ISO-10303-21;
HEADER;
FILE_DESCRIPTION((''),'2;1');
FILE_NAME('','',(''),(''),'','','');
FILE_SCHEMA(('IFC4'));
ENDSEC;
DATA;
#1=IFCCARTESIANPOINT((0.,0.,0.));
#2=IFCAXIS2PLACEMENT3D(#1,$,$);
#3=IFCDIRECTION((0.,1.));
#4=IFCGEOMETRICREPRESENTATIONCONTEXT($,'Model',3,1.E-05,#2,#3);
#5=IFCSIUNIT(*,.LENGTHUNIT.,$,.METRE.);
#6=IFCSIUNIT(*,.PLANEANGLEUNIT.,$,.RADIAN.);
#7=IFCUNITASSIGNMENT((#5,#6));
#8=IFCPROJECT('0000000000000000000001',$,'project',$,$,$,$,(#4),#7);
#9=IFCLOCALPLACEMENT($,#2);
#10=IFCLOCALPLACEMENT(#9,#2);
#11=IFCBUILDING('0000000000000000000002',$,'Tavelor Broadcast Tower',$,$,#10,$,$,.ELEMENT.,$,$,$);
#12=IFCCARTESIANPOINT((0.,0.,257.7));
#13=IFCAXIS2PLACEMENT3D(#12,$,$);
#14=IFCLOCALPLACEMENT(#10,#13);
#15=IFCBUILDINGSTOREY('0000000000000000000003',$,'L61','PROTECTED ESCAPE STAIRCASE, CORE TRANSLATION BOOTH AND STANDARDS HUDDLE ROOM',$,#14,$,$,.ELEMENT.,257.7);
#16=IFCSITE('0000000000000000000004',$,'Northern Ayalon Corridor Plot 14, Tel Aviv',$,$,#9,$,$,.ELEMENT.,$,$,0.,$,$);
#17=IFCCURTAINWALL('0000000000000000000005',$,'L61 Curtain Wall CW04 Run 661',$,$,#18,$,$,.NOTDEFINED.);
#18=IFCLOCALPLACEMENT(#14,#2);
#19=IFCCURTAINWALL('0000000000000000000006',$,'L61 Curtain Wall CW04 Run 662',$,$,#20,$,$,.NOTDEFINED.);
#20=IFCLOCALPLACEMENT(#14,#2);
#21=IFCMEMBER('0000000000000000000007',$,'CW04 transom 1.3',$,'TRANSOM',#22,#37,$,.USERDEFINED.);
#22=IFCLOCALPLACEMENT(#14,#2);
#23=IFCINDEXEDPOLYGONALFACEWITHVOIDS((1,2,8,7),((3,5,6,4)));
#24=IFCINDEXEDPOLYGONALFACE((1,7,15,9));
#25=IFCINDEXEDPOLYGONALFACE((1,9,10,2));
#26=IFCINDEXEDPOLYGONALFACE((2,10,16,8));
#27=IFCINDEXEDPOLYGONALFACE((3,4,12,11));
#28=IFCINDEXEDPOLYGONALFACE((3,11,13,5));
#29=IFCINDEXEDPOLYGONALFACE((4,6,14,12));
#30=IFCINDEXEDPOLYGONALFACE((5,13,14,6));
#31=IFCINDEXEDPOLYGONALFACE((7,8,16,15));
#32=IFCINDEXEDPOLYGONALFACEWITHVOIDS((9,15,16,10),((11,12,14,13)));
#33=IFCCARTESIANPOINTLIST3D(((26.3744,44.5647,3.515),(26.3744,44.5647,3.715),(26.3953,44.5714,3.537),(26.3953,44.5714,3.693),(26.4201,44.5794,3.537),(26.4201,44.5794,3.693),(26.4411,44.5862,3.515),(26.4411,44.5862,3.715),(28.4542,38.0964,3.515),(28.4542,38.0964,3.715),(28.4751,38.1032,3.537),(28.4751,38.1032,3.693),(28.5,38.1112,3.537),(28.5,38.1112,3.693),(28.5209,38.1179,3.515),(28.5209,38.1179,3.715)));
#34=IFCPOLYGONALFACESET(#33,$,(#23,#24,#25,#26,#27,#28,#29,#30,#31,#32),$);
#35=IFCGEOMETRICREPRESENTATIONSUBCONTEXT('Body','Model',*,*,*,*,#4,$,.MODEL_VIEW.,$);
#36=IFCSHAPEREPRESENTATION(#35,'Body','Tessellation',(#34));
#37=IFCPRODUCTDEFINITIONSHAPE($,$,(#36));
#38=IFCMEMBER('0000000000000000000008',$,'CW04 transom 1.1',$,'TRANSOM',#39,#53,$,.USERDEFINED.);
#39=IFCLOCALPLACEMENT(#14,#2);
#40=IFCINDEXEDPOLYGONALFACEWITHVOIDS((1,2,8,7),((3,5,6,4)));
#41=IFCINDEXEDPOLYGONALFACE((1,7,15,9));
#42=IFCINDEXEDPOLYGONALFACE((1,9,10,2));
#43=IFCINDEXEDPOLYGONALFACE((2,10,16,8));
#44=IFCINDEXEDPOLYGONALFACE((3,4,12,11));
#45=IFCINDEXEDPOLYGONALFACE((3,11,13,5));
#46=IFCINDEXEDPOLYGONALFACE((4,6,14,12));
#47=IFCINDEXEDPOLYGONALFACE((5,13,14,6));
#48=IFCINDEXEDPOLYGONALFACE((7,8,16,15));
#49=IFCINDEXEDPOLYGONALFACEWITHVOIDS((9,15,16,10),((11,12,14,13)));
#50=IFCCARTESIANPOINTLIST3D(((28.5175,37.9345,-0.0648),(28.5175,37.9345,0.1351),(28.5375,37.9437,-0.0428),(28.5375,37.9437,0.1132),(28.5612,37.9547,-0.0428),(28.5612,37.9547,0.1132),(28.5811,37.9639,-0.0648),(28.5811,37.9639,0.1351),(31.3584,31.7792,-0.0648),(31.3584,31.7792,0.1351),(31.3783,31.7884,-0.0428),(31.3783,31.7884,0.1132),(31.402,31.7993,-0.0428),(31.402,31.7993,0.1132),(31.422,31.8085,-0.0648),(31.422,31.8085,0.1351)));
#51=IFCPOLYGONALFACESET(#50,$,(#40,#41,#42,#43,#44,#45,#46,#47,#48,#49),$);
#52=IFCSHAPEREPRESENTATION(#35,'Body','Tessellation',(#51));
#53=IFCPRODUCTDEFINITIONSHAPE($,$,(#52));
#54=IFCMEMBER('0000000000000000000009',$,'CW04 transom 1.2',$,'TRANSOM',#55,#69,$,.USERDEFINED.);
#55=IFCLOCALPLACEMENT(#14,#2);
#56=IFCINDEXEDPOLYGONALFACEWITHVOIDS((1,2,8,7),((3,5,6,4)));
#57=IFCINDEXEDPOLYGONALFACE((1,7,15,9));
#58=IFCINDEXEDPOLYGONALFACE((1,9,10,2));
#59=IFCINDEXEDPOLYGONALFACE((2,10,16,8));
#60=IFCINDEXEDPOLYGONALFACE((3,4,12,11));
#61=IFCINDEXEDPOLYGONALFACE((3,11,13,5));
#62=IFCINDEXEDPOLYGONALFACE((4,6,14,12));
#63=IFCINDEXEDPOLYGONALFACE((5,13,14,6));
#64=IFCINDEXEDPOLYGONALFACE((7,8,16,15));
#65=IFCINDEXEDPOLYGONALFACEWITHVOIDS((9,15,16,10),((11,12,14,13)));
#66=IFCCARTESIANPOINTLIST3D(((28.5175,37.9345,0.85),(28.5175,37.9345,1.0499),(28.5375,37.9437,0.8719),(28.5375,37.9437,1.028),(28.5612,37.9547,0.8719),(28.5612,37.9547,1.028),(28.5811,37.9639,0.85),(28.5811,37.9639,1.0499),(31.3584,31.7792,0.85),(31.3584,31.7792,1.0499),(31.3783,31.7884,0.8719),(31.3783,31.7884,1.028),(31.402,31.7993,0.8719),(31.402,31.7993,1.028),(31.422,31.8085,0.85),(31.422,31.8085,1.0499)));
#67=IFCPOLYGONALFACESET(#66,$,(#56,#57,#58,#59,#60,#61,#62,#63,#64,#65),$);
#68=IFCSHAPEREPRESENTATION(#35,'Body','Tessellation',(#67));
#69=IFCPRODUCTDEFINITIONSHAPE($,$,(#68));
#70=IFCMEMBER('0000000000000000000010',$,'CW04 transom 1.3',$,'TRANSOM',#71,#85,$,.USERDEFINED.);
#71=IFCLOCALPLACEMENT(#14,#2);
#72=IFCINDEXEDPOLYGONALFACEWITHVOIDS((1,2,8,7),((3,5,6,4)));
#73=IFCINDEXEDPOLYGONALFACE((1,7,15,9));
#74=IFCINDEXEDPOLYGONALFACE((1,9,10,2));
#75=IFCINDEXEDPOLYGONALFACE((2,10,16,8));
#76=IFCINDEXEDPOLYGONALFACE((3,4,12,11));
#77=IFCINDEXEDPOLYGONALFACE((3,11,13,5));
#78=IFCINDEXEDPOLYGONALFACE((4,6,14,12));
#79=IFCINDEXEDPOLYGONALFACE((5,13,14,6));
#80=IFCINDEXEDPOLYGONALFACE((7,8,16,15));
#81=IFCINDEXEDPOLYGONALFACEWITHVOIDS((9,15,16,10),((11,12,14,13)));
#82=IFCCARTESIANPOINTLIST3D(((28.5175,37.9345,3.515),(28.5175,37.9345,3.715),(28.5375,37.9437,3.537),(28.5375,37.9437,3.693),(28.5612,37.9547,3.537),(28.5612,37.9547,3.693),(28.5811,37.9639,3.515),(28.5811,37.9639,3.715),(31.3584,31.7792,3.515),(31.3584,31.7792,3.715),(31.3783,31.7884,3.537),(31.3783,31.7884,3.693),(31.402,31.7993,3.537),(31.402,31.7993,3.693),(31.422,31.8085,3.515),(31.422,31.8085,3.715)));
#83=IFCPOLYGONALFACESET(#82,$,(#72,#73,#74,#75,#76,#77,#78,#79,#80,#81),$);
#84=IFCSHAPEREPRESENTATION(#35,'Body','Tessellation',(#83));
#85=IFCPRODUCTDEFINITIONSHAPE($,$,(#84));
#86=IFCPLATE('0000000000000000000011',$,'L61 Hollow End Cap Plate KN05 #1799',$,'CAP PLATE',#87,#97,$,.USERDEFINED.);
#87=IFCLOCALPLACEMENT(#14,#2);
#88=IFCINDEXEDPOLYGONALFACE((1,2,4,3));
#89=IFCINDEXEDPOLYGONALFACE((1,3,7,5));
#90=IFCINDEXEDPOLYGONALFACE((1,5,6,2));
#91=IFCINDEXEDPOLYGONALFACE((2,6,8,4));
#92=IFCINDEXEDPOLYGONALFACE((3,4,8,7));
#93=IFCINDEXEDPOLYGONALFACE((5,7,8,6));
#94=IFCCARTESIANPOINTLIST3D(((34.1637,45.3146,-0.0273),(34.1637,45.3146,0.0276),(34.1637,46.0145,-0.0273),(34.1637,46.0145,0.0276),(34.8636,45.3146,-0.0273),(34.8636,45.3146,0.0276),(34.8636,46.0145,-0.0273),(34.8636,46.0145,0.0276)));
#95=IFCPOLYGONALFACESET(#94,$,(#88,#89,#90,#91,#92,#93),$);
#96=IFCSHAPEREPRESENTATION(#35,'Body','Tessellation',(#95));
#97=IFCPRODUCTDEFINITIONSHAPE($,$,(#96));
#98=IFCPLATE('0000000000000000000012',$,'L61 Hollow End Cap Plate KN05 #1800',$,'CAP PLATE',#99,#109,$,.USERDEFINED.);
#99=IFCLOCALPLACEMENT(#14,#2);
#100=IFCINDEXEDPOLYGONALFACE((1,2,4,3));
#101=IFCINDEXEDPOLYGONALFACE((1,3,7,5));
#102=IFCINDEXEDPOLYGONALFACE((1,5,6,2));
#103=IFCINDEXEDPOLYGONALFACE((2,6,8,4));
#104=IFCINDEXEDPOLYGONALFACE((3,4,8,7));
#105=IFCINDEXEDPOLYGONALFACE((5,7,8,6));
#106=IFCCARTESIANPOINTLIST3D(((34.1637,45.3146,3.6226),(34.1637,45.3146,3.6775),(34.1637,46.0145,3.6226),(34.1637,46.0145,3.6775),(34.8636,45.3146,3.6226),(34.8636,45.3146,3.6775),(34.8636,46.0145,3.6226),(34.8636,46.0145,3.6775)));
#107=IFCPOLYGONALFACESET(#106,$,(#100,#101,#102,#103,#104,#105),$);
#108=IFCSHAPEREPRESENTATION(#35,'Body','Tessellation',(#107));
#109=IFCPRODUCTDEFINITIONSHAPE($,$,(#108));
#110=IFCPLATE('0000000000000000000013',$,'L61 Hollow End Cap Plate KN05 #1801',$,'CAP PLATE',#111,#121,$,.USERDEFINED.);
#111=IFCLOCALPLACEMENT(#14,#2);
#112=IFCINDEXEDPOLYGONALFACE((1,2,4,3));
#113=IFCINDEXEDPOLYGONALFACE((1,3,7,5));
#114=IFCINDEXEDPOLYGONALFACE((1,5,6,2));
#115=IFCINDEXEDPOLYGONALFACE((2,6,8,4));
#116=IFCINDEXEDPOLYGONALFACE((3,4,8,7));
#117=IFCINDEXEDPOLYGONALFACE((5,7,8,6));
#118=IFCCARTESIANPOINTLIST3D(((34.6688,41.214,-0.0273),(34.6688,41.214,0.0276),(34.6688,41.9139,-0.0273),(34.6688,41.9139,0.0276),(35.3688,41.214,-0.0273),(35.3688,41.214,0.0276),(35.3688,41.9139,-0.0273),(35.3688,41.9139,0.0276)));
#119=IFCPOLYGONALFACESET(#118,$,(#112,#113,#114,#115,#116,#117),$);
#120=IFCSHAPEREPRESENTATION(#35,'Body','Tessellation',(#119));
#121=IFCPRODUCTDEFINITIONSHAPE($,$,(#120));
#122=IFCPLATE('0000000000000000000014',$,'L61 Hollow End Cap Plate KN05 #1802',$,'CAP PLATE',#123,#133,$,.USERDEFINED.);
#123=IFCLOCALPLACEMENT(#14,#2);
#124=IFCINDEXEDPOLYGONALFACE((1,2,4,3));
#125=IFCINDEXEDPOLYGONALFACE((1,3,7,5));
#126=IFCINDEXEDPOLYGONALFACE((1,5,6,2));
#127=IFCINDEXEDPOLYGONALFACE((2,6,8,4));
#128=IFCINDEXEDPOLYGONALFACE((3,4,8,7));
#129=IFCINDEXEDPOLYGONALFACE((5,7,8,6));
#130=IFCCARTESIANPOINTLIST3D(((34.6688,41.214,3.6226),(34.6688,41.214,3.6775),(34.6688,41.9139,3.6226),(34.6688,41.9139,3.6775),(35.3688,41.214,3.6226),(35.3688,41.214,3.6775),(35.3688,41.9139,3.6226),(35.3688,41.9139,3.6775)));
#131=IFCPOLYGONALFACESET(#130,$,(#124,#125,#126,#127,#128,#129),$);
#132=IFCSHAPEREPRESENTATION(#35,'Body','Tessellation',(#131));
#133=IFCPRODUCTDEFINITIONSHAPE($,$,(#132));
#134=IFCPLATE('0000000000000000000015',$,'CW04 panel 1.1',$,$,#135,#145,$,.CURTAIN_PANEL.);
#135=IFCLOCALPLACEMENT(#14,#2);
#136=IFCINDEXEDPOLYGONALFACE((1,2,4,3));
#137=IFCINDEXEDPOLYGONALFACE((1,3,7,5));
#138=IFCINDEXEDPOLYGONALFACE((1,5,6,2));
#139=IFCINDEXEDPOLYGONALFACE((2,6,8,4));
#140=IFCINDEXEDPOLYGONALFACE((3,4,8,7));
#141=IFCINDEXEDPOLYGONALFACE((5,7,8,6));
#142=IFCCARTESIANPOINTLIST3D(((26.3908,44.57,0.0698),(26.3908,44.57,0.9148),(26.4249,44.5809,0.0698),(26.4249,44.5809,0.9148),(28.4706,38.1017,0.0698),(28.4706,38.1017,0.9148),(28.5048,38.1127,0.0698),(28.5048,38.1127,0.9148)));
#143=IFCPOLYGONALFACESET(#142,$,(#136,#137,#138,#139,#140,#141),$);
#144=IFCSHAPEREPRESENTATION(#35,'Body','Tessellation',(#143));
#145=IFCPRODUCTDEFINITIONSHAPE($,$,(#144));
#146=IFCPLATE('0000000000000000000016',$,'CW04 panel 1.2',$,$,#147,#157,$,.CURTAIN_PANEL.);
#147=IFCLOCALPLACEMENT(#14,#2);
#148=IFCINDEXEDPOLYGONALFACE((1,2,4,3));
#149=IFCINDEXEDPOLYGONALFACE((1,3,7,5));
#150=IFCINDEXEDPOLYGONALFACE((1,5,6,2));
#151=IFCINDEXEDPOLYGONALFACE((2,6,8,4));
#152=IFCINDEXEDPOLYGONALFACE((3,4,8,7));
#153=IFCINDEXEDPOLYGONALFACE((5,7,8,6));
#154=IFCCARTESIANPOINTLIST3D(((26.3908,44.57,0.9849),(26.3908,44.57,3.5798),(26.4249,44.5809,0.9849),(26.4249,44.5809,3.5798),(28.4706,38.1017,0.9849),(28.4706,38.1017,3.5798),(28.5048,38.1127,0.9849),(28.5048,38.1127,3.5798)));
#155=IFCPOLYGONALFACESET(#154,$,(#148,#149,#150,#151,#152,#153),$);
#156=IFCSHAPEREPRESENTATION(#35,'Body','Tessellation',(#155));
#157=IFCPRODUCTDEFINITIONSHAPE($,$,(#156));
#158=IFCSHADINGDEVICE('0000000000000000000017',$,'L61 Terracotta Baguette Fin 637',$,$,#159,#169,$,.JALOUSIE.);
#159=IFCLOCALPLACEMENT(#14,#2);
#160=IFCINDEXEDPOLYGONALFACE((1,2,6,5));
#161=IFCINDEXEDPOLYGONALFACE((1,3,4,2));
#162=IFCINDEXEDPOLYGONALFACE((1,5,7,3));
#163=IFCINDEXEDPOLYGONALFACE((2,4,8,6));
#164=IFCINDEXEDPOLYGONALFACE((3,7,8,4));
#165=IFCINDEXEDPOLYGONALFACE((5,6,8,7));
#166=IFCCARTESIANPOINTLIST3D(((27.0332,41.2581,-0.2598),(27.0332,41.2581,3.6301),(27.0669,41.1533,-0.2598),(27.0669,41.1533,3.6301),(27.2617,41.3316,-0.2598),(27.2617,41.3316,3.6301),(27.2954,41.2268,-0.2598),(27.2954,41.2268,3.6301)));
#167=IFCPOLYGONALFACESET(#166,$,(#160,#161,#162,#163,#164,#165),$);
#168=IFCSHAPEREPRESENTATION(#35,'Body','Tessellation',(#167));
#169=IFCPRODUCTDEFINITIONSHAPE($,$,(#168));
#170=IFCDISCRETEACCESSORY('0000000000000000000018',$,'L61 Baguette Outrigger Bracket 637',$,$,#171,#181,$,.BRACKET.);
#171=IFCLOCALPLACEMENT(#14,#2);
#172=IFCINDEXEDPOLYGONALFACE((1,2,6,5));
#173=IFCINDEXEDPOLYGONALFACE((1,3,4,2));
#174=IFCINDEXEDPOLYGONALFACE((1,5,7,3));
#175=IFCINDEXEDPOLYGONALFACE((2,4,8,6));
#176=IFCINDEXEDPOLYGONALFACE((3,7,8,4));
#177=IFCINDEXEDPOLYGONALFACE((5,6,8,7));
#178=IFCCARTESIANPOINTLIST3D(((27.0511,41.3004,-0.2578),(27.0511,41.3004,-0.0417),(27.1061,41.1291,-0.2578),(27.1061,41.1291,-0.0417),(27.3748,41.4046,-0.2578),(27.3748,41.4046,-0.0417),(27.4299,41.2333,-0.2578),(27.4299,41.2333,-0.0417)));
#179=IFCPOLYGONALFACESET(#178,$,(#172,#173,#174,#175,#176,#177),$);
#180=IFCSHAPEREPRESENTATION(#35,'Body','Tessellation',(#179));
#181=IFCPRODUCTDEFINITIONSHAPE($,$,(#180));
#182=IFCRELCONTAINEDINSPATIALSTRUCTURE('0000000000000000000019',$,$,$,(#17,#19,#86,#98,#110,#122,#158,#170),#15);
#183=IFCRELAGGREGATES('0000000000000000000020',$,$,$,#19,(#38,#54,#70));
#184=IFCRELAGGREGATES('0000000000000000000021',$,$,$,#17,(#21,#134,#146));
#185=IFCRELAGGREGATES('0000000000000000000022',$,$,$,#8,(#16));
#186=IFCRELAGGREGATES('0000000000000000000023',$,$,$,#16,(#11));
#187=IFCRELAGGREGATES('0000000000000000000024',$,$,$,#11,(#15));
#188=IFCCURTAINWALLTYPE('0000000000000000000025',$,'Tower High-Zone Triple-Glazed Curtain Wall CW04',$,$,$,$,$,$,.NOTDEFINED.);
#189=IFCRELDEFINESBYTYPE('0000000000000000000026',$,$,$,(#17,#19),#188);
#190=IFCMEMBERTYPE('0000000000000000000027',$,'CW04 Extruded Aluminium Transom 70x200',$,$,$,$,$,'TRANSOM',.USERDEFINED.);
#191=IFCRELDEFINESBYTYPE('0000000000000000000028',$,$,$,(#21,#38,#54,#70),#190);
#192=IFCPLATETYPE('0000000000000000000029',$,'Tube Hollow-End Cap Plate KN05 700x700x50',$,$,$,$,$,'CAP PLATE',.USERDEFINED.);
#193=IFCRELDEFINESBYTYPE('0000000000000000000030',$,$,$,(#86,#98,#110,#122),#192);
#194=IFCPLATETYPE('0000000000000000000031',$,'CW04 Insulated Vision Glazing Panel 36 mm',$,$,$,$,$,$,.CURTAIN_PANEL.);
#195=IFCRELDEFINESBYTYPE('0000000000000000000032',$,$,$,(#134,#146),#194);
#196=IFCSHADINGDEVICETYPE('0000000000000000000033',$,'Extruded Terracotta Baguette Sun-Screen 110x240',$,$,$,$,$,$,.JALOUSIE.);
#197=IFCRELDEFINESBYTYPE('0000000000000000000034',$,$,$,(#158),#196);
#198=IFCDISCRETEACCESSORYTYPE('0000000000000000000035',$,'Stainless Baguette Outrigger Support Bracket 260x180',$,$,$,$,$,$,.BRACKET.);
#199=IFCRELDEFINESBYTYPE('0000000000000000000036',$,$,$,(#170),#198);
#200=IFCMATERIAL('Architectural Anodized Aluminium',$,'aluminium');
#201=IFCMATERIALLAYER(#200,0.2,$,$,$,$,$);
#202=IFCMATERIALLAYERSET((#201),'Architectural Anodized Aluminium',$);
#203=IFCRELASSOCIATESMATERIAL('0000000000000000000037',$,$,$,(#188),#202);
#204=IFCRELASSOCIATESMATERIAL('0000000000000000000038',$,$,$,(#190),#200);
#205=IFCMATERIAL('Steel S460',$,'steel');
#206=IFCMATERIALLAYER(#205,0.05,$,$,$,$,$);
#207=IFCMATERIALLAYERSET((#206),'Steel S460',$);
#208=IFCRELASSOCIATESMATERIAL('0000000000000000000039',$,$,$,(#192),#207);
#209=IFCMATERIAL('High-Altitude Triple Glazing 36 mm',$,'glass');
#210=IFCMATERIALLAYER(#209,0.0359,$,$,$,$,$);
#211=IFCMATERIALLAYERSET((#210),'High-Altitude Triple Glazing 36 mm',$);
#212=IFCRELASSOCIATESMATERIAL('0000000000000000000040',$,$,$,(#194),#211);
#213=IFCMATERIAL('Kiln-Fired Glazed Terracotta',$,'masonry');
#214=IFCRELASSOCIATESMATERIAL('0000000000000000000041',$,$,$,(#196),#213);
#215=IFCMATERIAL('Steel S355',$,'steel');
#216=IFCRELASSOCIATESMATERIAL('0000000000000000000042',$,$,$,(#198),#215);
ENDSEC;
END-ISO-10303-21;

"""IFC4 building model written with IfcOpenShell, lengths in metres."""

from ifc_helpers import new_model, si_unit, direction, frame, origin, origin_2d, place, context, subcontext, project, spatial, rectangle, hollow_rectangle, extrude, source, transform, mapped, material, layer, layer_set, material_profile, profile_set, type_object, type_shapes, element, aggregate, save


model = new_model("IFC4")

# Units and contexts
model_context = context("Model", 3, precision=1e-05, world=origin(), true_north=direction((0.0, 1.0)))
body_context = subcontext(model_context, "Body", "Model", "MODEL_VIEW")
ifc_project = project(units=[si_unit("LENGTHUNIT", "METRE"), si_unit("PLANEANGLEUNIT", "RADIAN")], contexts=[model_context])

# Site, building, storey
site_placement = place(None, origin())
site = spatial("IfcSite", under=ifc_project, at=site_placement, Name="Northern Ayalon Corridor Plot 14, Tel Aviv", CompositionType="ELEMENT", RefElevation=0.0)
building_placement = place(site_placement, origin())
building = spatial("IfcBuilding", under=site, at=building_placement, Name="Tavelor Broadcast Tower", CompositionType="ELEMENT")
storey_placement = place(building_placement, frame((0.0, 0.0, 257.7)))
storey = spatial("IfcBuildingStorey", under=building, at=storey_placement, Name="L61", Description="PROTECTED ESCAPE STAIRCASE, CORE TRANSLATION BOOTH AND STANDARDS HUDDLE ROOM", CompositionType="ELEMENT", Elevation=257.7)

# Shared definitions
ifc_material_1 = material(Name="Steel S460", Category="steel")

# Shared definitions
ifc_material_2 = material(Name="Steel S355", Category="steel")

# Curtain wall
ifc_material_3 = material(Name="Architectural Anodized Aluminium", Category="aluminium")
ifc_layer_1 = layer(ifc_material_3, 0.2)
ifc_layer_set_1 = layer_set([ifc_layer_1], Name="Architectural Anodized Aluminium")
curtain_wall_type = type_object("IfcCurtainWallType", Name="Tower High-Zone Triple-Glazed Curtain Wall CW04", PredefinedType="NOTDEFINED", material=ifc_layer_set_1)
curtain_wall_1_placement = place(storey_placement, origin())
curtain_wall_1 = element("IfcCurtainWall", 1, at=curtain_wall_1_placement, inside=storey, type_object=curtain_wall_type, Name="L61 Curtain Wall CW04 Run 661", PredefinedType="NOTDEFINED")

# Curtain wall
curtain_wall_2_placement = place(storey_placement, origin())
curtain_wall_2 = element("IfcCurtainWall", 2, at=curtain_wall_2_placement, inside=storey, type_object=curtain_wall_type, Name="L61 Curtain Wall CW04 Run 662", PredefinedType="NOTDEFINED")

# Members
ifc_material_profile_1 = material_profile(ifc_material_3, hollow_rectangle(XDim=0.0701, YDim=0.2, WallThickness=0.022, at=origin_2d()), Name="RHS 70x200x22")
ifc_profile_set_1 = profile_set([ifc_material_profile_1], Name="Architectural Anodized Aluminium")
member_type_1 = type_object("IfcMemberType", Name="CW04 Extruded Aluminium Transom 70x200", ElementType="TRANSOM", PredefinedType="USERDEFINED", material=ifc_profile_set_1)
shared_shape_1 = source(origin(), body_context, "Body", "SweptSolid", [
    extrude(hollow_rectangle(XDim=0.0701, YDim=0.2, WallThickness=0.022, at=origin_2d()), origin(), (0.0, 0.0, 1.0), 6.7944),
])
member_1_placement = place(storey_placement, frame((26.4077, 44.5754, 3.615), z_axis=(0.306109, -0.951996, 0.0), x_axis=(0.951996, 0.306109, 0.0)))
member_1 = element("IfcMember", 3, at=member_1_placement, type_object=member_type_1, Name="CW04 transom 1.3", ObjectType="TRANSOM", PredefinedType="USERDEFINED", context=body_context, shape_type="MappedRepresentation", body=[
    mapped(shared_shape_1, transform((0.0, 0.0, 0.0), scale=1.0)),
])
shared_shape_2 = source(origin(), body_context, "Body", "SweptSolid", [
    extrude(hollow_rectangle(XDim=0.0701, YDim=0.2, WallThickness=0.022, at=origin_2d()), origin(), (0.0, 0.0, 1.0), 6.7793),
])
type_shapes(member_type_1, [shared_shape_1, shared_shape_2])
member_2_placement = place(storey_placement, frame((28.5493, 37.9492, 0.0352), z_axis=(0.419049, -0.907964, 0.0), x_axis=(0.907964, 0.419049, 0.0)))
member_2 = element("IfcMember", 4, at=member_2_placement, type_object=member_type_1, Name="CW04 transom 1.1", ObjectType="TRANSOM", PredefinedType="USERDEFINED", context=body_context, shape_type="MappedRepresentation", body=[
    mapped(shared_shape_2, transform((0.0, 0.0, 0.0), scale=1.0)),
])
member_3_placement = place(storey_placement, frame((28.5493, 37.9492, 0.95), z_axis=(0.419049, -0.907964, 0.0), x_axis=(0.907964, 0.419049, 0.0)))
member_3 = element("IfcMember", 5, at=member_3_placement, type_object=member_type_1, Name="CW04 transom 1.2", ObjectType="TRANSOM", PredefinedType="USERDEFINED", context=body_context, shape_type="MappedRepresentation", body=[
    mapped(shared_shape_2, transform((0.0, 0.0, 0.0), scale=1.0)),
])
member_4_placement = place(storey_placement, frame((28.5493, 37.9492, 3.615), z_axis=(0.419049, -0.907964, 0.0), x_axis=(0.907964, 0.419049, 0.0)))
member_4 = element("IfcMember", 6, at=member_4_placement, type_object=member_type_1, Name="CW04 transom 1.3", ObjectType="TRANSOM", PredefinedType="USERDEFINED", context=body_context, shape_type="MappedRepresentation", body=[
    mapped(shared_shape_2, transform((0.0, 0.0, 0.0), scale=1.0)),
])
aggregate(curtain_wall_2, [member_2, member_3, member_4])

# Plates
ifc_layer_2 = layer(ifc_material_1, 0.05)
ifc_layer_set_2 = layer_set([ifc_layer_2], Name="Steel S460")
plate_type_1 = type_object("IfcPlateType", Name="Tube Hollow-End Cap Plate KN05 700x700x50", ElementType="CAP PLATE", PredefinedType="USERDEFINED", material=ifc_layer_set_2)
shared_shape_3 = source(origin(), body_context, "Body", "SweptSolid", [
    extrude(rectangle(XDim=0.7, YDim=0.7, at=origin_2d()), origin(), (0.0, 0.0, 1.0), 0.0549),
])
type_shapes(plate_type_1, [shared_shape_3])
for number, where, z_axis, x_axis, name in (
    (7, (34.5137, 45.6646, -0.0273), (0.0, 0.0, 1.0), (1.0, 0.0, 0.0), "L61 Hollow End Cap Plate KN05 #1799"),
    (8, (34.5137, 45.6646, 3.6226), (0.0, 0.0, 1.0), (1.0, 0.0, 0.0), "L61 Hollow End Cap Plate KN05 #1800"),
    (9, (35.0188, 41.564, -0.0273), (0.0, 0.0, 1.0), (1.0, 0.0, 0.0), "L61 Hollow End Cap Plate KN05 #1801"),
    (10, (35.0188, 41.564, 3.6226), (0.0, 0.0, 1.0), (1.0, 0.0, 0.0), "L61 Hollow End Cap Plate KN05 #1802"),
):
    element("IfcPlate", number, at=place(storey_placement, frame(where, z_axis=z_axis, x_axis=x_axis)), inside=storey, type_object=plate_type_1, Name=name, ObjectType="CAP PLATE", PredefinedType="USERDEFINED", context=body_context, shape_type="MappedRepresentation", body=[
        mapped(shared_shape_3, transform((0.0, 0.0, 0.0), scale=1.0)),
    ])

# Plates
ifc_material_4 = material(Name="High-Altitude Triple Glazing 36 mm", Category="glass")
ifc_layer_3 = layer(ifc_material_4, 0.0359)
ifc_layer_set_3 = layer_set([ifc_layer_3], Name="High-Altitude Triple Glazing 36 mm")
plate_type_2 = type_object("IfcPlateType", Name="CW04 Insulated Vision Glazing Panel 36 mm", PredefinedType="CURTAIN_PANEL", material=ifc_layer_set_3)
shared_shape_4 = source(origin(), body_context, "Body", "SweptSolid", [
    extrude(rectangle(XDim=6.7944, YDim=0.0359, at=origin_2d()), origin(), (0.0, 0.0, 1.0), 0.845),
])
plate_1_placement = place(storey_placement, frame((27.4478, 41.3413, 0.0698), z_axis=(0.0, 0.0, 1.0), x_axis=(0.306108, -0.951997, 0.0)))
plate_1 = element("IfcPlate", 11, at=plate_1_placement, type_object=plate_type_2, Name="CW04 panel 1.1", PredefinedType="CURTAIN_PANEL", context=body_context, shape_type="MappedRepresentation", body=[
    mapped(shared_shape_4, transform((0.0, 0.0, 0.0), scale=1.0)),
])
shared_shape_5 = source(origin(), body_context, "Body", "SweptSolid", [
    extrude(rectangle(XDim=6.7944, YDim=0.0359, at=origin_2d()), origin(), (0.0, 0.0, 1.0), 2.595),
])
type_shapes(plate_type_2, [shared_shape_4, shared_shape_5])
plate_2_placement = place(storey_placement, frame((27.4478, 41.3413, 0.9849), z_axis=(0.0, 0.0, 1.0), x_axis=(0.306108, -0.951997, 0.0)))
plate_2 = element("IfcPlate", 12, at=plate_2_placement, type_object=plate_type_2, Name="CW04 panel 1.2", PredefinedType="CURTAIN_PANEL", context=body_context, shape_type="MappedRepresentation", body=[
    mapped(shared_shape_5, transform((0.0, 0.0, 0.0), scale=1.0)),
])
aggregate(curtain_wall_1, [member_1, plate_1, plate_2])

# Shading device
ifc_material_5 = material(Name="Kiln-Fired Glazed Terracotta", Category="masonry")
shading_device_type = type_object("IfcShadingDeviceType", Name="Extruded Terracotta Baguette Sun-Screen 110x240", PredefinedType="JALOUSIE", material=ifc_material_5)
shared_shape_6 = source(origin(), body_context, "Body", "SweptSolid", [
    extrude(rectangle(XDim=0.1101, YDim=0.24, at=origin_2d()), origin(), (0.0, 0.0, 1.0), 3.8899),
])
type_shapes(shading_device_type, [shared_shape_6])
shading_device_placement = place(storey_placement, frame((27.1643, 41.2424, -0.2598), z_axis=(0.0, 0.0, 1.0), x_axis=(0.306194, -0.951969, 0.0)))
element("IfcShadingDevice", 13, at=shading_device_placement, inside=storey, type_object=shading_device_type, Name="L61 Terracotta Baguette Fin 637", PredefinedType="JALOUSIE", context=body_context, shape_type="MappedRepresentation", body=[
    mapped(shared_shape_6, transform((0.0, 0.0, 0.0), scale=1.0)),
])

# Discrete accessory
discrete_accessory_type = type_object("IfcDiscreteAccessoryType", Name="Stainless Baguette Outrigger Support Bracket 260x180", PredefinedType="BRACKET", material=ifc_material_2)
shared_shape_7 = source(origin(), body_context, "Body", "SweptSolid", [
    extrude(rectangle(XDim=0.1799, YDim=0.3401, at=origin_2d()), origin(), (0.0, 0.0, 1.0), 0.2161),
])
type_shapes(discrete_accessory_type, [shared_shape_7])
discrete_accessory_placement = place(storey_placement, frame((27.2405, 41.2668, -0.2578), z_axis=(0.0, 0.0, 1.0), x_axis=(0.306194, -0.951969, 0.0)))
element("IfcDiscreteAccessory", 14, at=discrete_accessory_placement, inside=storey, type_object=discrete_accessory_type, Name="L61 Baguette Outrigger Bracket 637", PredefinedType="BRACKET", context=body_context, shape_type="MappedRepresentation", body=[
    mapped(shared_shape_7, transform((0.0, 0.0, 0.0), scale=1.0)),
])

save(model, "model.ifc")
